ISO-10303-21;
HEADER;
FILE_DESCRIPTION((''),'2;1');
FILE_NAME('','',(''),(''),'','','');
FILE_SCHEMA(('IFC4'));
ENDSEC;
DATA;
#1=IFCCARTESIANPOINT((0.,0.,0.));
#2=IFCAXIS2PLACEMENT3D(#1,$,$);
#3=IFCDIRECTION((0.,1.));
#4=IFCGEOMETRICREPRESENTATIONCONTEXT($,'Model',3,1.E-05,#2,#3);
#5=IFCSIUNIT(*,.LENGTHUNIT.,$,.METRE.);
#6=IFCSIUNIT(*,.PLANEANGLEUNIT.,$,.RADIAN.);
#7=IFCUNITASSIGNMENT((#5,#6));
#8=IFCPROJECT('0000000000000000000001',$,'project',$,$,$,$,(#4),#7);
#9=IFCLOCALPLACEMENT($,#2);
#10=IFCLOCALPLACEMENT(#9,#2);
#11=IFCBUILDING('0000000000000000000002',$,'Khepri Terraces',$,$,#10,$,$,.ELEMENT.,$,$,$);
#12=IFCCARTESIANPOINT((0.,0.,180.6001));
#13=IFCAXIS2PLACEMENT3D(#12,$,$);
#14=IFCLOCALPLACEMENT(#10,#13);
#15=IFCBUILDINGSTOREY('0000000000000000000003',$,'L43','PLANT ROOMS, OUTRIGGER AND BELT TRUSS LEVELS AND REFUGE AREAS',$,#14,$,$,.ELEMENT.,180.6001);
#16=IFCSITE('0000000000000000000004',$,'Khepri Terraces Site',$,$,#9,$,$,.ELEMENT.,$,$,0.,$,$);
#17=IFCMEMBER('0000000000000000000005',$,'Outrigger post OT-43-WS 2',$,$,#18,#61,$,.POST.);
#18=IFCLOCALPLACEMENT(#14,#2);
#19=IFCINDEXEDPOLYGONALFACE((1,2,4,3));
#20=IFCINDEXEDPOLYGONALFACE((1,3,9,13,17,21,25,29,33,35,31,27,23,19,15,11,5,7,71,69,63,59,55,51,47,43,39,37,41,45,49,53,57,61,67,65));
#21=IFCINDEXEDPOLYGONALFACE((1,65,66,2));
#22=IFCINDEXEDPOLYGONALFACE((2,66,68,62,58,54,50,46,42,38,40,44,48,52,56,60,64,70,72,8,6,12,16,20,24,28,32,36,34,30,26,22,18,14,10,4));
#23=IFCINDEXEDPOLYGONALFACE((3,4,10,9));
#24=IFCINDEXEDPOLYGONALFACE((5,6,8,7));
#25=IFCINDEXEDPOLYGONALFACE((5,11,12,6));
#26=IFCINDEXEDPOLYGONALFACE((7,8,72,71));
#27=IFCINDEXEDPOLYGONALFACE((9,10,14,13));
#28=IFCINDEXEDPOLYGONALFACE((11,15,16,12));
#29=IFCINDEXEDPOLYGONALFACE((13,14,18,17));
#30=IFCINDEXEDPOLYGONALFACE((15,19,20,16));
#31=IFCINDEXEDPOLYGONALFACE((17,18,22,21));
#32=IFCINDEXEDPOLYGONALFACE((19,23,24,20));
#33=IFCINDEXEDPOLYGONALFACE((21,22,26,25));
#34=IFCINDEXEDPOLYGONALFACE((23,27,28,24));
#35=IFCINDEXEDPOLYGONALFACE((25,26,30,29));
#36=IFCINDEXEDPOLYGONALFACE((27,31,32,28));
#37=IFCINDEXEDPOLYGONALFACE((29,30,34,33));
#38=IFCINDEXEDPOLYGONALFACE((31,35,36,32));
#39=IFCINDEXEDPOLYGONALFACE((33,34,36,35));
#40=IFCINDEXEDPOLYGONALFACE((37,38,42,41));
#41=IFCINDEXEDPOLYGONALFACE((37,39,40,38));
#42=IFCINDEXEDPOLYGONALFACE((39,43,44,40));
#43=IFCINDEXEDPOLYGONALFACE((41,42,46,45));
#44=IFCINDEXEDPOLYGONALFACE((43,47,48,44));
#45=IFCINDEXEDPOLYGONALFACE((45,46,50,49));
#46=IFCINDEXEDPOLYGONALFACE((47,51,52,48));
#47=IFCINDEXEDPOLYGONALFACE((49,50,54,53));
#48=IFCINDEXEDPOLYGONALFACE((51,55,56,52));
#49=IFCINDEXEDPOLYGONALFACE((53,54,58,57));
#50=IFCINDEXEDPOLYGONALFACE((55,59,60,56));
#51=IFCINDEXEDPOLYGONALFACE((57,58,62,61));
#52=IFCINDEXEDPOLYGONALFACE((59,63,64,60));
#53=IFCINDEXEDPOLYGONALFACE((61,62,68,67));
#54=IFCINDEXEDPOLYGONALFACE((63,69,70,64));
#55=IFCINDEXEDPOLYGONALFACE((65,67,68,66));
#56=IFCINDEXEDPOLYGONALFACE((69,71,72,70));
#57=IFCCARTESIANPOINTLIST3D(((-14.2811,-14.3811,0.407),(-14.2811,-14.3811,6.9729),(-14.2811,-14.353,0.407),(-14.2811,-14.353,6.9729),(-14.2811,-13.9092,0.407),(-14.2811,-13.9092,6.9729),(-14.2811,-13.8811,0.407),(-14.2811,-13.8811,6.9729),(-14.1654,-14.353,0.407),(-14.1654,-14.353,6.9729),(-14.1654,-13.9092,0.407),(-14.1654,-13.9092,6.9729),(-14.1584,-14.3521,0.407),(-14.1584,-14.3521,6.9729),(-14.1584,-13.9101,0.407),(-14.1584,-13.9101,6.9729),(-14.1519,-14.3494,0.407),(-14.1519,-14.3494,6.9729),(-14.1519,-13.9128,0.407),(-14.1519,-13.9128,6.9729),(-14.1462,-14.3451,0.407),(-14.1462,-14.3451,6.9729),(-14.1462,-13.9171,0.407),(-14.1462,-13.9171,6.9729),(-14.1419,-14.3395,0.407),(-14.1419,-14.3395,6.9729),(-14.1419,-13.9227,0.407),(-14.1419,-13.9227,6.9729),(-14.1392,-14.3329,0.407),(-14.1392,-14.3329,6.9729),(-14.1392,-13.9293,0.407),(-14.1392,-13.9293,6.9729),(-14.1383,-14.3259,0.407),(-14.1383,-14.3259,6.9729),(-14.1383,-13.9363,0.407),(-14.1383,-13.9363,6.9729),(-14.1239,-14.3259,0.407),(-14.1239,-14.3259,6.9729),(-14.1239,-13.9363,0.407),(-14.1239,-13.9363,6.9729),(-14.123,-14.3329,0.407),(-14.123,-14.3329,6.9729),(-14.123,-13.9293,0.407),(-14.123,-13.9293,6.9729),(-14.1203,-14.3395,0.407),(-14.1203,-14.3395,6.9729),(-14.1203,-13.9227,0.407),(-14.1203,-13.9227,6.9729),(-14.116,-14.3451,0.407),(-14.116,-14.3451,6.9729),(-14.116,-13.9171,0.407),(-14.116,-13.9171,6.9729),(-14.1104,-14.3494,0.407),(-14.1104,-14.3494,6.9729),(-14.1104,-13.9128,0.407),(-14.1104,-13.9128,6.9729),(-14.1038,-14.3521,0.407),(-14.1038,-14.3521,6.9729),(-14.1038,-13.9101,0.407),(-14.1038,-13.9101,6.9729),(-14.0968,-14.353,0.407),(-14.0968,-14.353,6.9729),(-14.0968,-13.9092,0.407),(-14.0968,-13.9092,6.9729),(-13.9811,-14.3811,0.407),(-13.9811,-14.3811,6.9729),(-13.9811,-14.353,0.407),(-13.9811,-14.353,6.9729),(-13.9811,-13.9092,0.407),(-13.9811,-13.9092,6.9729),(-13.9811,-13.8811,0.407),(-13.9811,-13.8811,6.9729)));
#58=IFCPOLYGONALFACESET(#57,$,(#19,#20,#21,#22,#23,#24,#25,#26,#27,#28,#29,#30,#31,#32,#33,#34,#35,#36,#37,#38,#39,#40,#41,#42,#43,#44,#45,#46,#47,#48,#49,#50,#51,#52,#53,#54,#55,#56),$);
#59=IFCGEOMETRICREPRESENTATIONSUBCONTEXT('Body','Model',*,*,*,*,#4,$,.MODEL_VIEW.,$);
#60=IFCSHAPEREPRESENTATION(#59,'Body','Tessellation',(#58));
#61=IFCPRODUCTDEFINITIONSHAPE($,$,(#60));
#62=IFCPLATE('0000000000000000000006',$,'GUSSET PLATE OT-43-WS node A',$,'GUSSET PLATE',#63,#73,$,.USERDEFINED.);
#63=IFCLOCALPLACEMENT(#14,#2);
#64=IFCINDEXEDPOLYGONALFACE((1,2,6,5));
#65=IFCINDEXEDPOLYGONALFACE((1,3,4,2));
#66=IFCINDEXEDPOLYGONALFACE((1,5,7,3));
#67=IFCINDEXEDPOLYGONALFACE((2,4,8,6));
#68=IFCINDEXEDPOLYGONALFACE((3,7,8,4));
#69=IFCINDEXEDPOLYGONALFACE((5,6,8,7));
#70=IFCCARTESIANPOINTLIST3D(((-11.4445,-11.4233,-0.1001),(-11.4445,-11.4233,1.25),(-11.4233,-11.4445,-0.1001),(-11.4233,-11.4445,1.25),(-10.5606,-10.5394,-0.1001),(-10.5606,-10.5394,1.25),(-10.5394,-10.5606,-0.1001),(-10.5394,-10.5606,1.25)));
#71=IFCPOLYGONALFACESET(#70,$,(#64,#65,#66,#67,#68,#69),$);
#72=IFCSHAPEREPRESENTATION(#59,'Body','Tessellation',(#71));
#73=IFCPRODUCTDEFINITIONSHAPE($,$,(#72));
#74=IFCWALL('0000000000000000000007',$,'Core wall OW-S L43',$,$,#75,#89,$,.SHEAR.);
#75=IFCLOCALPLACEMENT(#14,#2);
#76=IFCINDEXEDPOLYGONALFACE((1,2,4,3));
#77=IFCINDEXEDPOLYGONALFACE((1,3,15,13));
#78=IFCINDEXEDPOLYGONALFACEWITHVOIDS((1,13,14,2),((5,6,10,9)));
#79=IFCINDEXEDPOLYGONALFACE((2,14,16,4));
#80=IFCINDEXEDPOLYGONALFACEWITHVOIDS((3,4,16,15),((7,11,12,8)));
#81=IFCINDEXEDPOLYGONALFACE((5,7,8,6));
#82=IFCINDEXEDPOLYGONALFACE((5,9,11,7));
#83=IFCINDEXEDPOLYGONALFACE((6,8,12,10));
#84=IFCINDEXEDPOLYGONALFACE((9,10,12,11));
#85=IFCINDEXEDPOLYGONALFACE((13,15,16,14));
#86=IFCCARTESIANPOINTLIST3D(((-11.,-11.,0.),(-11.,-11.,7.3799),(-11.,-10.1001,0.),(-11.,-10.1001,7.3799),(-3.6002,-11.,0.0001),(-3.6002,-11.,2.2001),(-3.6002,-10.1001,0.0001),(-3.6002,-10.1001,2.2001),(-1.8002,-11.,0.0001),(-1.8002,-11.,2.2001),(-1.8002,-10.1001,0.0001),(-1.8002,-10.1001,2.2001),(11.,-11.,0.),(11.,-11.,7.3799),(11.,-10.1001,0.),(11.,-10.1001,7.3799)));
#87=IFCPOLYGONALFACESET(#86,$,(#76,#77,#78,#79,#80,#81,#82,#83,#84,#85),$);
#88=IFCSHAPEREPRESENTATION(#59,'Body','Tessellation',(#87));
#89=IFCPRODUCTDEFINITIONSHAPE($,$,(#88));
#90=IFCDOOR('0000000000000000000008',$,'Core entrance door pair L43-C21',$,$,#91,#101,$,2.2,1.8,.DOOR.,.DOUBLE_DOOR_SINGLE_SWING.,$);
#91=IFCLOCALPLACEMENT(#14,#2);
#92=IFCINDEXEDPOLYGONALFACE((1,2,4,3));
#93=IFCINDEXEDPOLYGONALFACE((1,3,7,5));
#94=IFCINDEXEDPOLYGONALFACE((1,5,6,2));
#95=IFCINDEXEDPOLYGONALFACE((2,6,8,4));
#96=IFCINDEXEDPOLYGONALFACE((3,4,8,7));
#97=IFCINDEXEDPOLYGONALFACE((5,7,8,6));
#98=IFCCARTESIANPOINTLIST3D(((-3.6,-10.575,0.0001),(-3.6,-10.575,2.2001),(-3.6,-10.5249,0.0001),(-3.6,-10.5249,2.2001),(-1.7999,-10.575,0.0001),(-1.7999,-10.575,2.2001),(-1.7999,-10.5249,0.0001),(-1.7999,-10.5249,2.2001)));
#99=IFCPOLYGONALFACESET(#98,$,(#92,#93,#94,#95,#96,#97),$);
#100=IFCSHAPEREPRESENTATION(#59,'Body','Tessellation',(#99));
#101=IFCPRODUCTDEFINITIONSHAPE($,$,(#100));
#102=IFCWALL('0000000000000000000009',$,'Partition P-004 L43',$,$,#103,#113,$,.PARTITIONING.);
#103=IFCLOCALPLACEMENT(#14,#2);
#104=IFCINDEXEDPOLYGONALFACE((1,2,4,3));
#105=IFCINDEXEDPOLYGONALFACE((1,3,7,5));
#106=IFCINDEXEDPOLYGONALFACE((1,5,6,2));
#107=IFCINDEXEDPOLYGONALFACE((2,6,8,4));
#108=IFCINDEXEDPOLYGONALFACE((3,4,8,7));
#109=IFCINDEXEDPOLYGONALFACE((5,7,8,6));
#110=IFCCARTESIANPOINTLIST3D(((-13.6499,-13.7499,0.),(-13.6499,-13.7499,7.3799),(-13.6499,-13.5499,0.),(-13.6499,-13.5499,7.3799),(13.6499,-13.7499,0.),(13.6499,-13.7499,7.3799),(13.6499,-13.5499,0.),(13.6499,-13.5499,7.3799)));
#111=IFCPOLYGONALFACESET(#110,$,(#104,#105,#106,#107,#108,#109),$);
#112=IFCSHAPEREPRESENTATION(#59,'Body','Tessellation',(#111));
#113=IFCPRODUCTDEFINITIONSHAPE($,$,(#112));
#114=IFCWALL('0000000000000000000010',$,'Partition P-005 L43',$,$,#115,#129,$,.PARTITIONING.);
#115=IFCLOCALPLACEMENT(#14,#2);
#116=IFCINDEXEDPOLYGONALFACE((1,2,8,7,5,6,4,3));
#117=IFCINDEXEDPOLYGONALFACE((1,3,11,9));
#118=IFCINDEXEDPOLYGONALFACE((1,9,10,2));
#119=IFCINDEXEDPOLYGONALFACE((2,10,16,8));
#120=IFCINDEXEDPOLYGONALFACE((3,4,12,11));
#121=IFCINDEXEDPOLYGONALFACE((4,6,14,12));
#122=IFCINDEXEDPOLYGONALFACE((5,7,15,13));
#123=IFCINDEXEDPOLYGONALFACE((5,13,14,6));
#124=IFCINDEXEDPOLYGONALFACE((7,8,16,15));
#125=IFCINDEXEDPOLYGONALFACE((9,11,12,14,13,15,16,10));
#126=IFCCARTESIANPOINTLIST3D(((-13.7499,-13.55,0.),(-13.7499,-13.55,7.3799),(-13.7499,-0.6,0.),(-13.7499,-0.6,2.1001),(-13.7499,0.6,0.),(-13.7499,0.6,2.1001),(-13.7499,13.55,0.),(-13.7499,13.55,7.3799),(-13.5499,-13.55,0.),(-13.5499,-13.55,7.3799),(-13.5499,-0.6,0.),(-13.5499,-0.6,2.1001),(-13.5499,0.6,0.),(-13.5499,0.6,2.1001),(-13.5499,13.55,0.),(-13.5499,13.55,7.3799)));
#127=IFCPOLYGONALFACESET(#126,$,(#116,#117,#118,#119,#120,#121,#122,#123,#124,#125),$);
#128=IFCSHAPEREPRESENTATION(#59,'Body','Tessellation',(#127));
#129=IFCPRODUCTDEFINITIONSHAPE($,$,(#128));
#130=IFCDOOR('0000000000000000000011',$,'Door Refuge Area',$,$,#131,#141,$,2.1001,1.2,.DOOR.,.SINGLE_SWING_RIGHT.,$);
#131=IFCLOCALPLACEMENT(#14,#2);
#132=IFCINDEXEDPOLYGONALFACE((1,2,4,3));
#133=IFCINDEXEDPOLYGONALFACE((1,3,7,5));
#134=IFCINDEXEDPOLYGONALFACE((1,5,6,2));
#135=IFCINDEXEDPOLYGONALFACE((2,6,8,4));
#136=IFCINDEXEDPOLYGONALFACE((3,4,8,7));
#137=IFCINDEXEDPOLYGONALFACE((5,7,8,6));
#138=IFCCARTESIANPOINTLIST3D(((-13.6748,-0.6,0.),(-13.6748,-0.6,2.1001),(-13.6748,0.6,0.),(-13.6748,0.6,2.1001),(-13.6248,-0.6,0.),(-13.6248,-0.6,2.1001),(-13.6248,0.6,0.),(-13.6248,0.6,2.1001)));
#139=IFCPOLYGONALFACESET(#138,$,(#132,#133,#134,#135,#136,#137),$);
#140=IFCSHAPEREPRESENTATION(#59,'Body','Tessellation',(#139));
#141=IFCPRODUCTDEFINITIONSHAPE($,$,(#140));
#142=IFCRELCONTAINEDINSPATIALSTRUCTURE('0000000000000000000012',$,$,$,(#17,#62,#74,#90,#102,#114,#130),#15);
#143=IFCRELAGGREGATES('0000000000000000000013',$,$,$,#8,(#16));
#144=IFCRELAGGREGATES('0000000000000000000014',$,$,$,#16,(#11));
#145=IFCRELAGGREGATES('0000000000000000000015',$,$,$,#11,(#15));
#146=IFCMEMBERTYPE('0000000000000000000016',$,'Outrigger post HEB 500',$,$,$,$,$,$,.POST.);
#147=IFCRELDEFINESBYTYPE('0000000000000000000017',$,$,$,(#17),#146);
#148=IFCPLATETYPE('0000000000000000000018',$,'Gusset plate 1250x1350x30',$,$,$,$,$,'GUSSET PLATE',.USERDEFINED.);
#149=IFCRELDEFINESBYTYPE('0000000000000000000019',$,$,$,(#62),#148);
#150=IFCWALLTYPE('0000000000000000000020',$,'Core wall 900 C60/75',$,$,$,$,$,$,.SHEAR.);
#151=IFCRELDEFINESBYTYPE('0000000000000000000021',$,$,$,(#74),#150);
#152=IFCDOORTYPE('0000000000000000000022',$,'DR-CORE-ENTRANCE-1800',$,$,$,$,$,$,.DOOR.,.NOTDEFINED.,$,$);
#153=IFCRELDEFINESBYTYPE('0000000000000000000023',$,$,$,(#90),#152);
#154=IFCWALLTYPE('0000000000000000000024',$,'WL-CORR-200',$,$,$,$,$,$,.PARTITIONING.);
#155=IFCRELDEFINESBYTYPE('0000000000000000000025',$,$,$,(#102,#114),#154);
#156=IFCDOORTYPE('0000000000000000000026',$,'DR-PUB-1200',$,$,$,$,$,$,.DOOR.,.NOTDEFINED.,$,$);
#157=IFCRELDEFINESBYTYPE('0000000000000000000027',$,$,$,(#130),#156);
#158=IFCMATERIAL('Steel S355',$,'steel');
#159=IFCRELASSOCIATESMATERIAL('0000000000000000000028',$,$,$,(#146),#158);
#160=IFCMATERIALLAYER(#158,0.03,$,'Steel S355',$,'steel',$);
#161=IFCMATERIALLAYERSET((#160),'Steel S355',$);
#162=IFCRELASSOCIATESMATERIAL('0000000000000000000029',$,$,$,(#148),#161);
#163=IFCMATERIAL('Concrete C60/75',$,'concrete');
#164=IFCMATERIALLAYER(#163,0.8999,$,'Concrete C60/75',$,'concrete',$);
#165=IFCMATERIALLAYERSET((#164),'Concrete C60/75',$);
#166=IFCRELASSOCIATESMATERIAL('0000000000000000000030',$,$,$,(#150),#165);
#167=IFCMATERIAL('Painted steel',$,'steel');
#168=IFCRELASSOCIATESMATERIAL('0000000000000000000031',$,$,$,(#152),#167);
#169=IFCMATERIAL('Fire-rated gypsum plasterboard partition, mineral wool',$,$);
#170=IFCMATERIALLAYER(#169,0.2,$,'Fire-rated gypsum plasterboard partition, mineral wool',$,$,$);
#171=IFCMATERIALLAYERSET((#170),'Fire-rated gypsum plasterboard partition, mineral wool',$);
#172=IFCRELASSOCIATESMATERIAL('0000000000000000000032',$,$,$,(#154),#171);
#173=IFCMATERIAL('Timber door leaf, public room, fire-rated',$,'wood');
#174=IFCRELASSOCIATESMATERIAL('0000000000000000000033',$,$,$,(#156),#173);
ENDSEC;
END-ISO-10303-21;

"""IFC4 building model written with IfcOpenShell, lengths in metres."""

from ifc_helpers import new_model, si_unit, direction, frame, frame_2d, origin, origin_2d, place, context, subcontext, project, spatial, rectangle, i_section, extrude, material, layer, layer_set, material_profile, profile_set, type_object, element, fill, save


model = new_model("IFC4")

# Units and contexts
model_context = context("Model", 3, precision=1e-05, world=origin(), true_north=direction((0.0, 1.0)))
body_context = subcontext(model_context, "Body", "Model", "MODEL_VIEW")
ifc_project = project(units=[si_unit("LENGTHUNIT", "METRE"), si_unit("PLANEANGLEUNIT", "RADIAN")], contexts=[model_context])

# Site, building, storey
site_placement = place(None, origin())
site = spatial("IfcSite", under=ifc_project, at=site_placement, Name="Khepri Terraces Site", CompositionType="ELEMENT", RefElevation=0.0)
building_placement = place(site_placement, origin())
building = spatial("IfcBuilding", under=site, at=building_placement, Name="Khepri Terraces", CompositionType="ELEMENT")
storey_placement = place(building_placement, frame((0.0, 0.0, 180.6001)))
storey = spatial("IfcBuildingStorey", under=building, at=storey_placement, Name="L43", Description="PLANT ROOMS, OUTRIGGER AND BELT TRUSS LEVELS AND REFUGE AREAS", CompositionType="ELEMENT", Elevation=180.6001)

# Shared definitions
ifc_material_1 = material(Name="Concrete C60/75", Category="concrete")

# Member
ifc_material_2 = material(Name="Steel S355", Category="steel")
ifc_material_profile_1 = material_profile(ifc_material_2, i_section(OverallWidth=0.3, OverallDepth=0.5, WebThickness=0.0144, FlangeThickness=0.0281, FilletRadius=0.0271, at=origin_2d()), Name="Steel S355", Category="steel")
ifc_profile_set_1 = profile_set([ifc_material_profile_1], Name="Steel S355")
member_type_1 = type_object("IfcMemberType", Name="Outrigger post HEB 500", PredefinedType="POST", material=ifc_profile_set_1)
for number, where, z_axis, x_axis, name in (
    (1, (-14.1311, -14.1311, 0.407), (0.0, 0.0, 1.0), (1.0, 0.0, 0.0), "Outrigger post OT-43-WS 2"),
):
    element("IfcMember", number, at=place(storey_placement, frame(where, z_axis=z_axis, x_axis=x_axis)), inside=storey, type_object=member_type_1, Name=name, PredefinedType="POST", context=body_context, shape_type="SweptSolid", body=[
        extrude(i_section(OverallWidth=0.3, OverallDepth=0.5, WebThickness=0.0144, FlangeThickness=0.0281, FilletRadius=0.0271, at=origin_2d()), origin(), (0.0, 0.0, 1.0), 6.5659),
    ])

# Plate
ifc_layer_1 = layer(ifc_material_2, 0.03, Name="Steel S355", Category="steel")
ifc_layer_set_1 = layer_set([ifc_layer_1], Name="Steel S355")
plate_type = type_object("IfcPlateType", Name="Gusset plate 1250x1350x30", ElementType="GUSSET PLATE", PredefinedType="USERDEFINED", material=ifc_layer_set_1)
plate_placement = place(storey_placement, frame((-10.9919, -10.9919, -0.1001), z_axis=(0.0, 0.0, 1.0), x_axis=(-0.707107, -0.707107, 0.0)))
element("IfcPlate", 2, at=plate_placement, inside=storey, type_object=plate_type, Name="GUSSET PLATE OT-43-WS node A", ObjectType="GUSSET PLATE", PredefinedType="USERDEFINED", context=body_context, shape_type="SweptSolid", body=[
    extrude(rectangle(XDim=1.25, YDim=0.03, at=origin_2d()), origin(), (0.0, 0.0, 1.0), 1.3501),
])

# Wall, opening, door
ifc_layer_2 = layer(ifc_material_1, 0.8999, Name="Concrete C60/75", Category="concrete")
ifc_layer_set_2 = layer_set([ifc_layer_2], Name="Concrete C60/75")
wall_type_1 = type_object("IfcWallType", Name="Core wall 900 C60/75", PredefinedType="SHEAR", material=ifc_layer_set_2)
wall_1_placement = place(storey_placement, frame((-11.0, -10.55, 0.0), z_axis=(0.0, 0.0, 1.0), x_axis=(1.0, 0.0, 0.0)))
wall_1 = element("IfcWall", 3, at=wall_1_placement, inside=storey, type_object=wall_type_1, Name="Core wall OW-S L43", PredefinedType="SHEAR", context=body_context, shape_type="SweptSolid", body=[
    extrude(rectangle(XDim=22.0, YDim=0.8999, at=frame_2d((11.0, 0.0))), origin(), (0.0, 0.0, 1.0), 7.3799),
])
opening_1_placement = place(wall_1_placement, frame((7.3999, 0.0, 0.0)))
opening_1 = element("IfcOpeningElement", 4, at=opening_1_placement, cuts=wall_1, PredefinedType="OPENING", context=body_context, shape_type="SweptSolid", body=[
    extrude(rectangle(XDim=1.8, YDim=2.2, at=frame_2d((0.8999, 1.1001))), frame((0.0, 0.46, 0.0), z_axis=(0.0, -1.0, 0.0), x_axis=(1.0, 0.0, 0.0)), (0.0, 0.0, 1.0), 0.9199),
])
ifc_material_3 = material(Name="Painted steel", Category="steel")
door_type_1 = type_object("IfcDoorType", Name="DR-CORE-ENTRANCE-1800", OperationType="NOTDEFINED", PredefinedType="DOOR", material=ifc_material_3)
door_1_placement = place(opening_1_placement, frame((1.8, 0.0, 0.0), z_axis=(0.0, 0.0, 1.0), x_axis=(-1.0, 0.0, 0.0)))
door_1 = element("IfcDoor", 5, at=door_1_placement, inside=storey, type_object=door_type_1, Name="Core entrance door pair L43-C21", OperationType="DOUBLE_DOOR_SINGLE_SWING", OverallHeight=2.2, OverallWidth=1.8, PredefinedType="DOOR", context=body_context, shape_type="SweptSolid", body=[
    extrude(rectangle(XDim=1.8, YDim=2.2, at=frame_2d((0.8999, 1.1001))), frame((0.0, 0.0249, 0.0), z_axis=(0.0, -1.0, 0.0), x_axis=(1.0, 0.0, 0.0)), (0.0, 0.0, 1.0), 0.05),
])
fill(opening_1, door_1)

# Wall
ifc_material_4 = material(Name="Fire-rated gypsum plasterboard partition, mineral wool")
ifc_layer_3 = layer(ifc_material_4, 0.2, Name="Fire-rated gypsum plasterboard partition, mineral wool")
ifc_layer_set_3 = layer_set([ifc_layer_3], Name="Fire-rated gypsum plasterboard partition, mineral wool")
wall_type_2 = type_object("IfcWallType", Name="WL-CORR-200", PredefinedType="PARTITIONING", material=ifc_layer_set_3)
wall_2_placement = place(storey_placement, frame((-13.6499, -13.6499, 0.0), z_axis=(0.0, 0.0, 1.0), x_axis=(1.0, 0.0, 0.0)))
element("IfcWall", 6, at=wall_2_placement, inside=storey, type_object=wall_type_2, Name="Partition P-004 L43", PredefinedType="PARTITIONING", context=body_context, shape_type="SweptSolid", body=[
    extrude(rectangle(XDim=27.2998, YDim=0.2, at=frame_2d((13.6499, 0.0))), origin(), (0.0, 0.0, 1.0), 7.3799),
])

# Wall, opening, door
wall_3_placement = place(storey_placement, frame((-13.6499, -13.55, 0.0), z_axis=(0.0, 0.0, 1.0), x_axis=(0.0, 1.0, 0.0)))
wall_3 = element("IfcWall", 7, at=wall_3_placement, inside=storey, type_object=wall_type_2, Name="Partition P-005 L43", PredefinedType="PARTITIONING", context=body_context, shape_type="SweptSolid", body=[
    extrude(rectangle(XDim=27.1001, YDim=0.2, at=frame_2d((13.55, 0.0))), origin(), (0.0, 0.0, 1.0), 7.3799),
])
opening_2_placement = place(wall_3_placement, frame((12.95, 0.0, 0.0)))
opening_2 = element("IfcOpeningElement", 8, at=opening_2_placement, cuts=wall_3, PredefinedType="OPENING", context=body_context, shape_type="SweptSolid", body=[
    extrude(rectangle(XDim=1.2, YDim=2.1001, at=frame_2d((0.6001, 1.05))), frame((0.0, 0.1099, 0.0), z_axis=(0.0, -1.0, 0.0), x_axis=(1.0, 0.0, 0.0)), (0.0, 0.0, 1.0), 0.22),
])
ifc_material_5 = material(Name="Timber door leaf, public room, fire-rated", Category="wood")
door_type_2 = type_object("IfcDoorType", Name="DR-PUB-1200", OperationType="NOTDEFINED", PredefinedType="DOOR", material=ifc_material_5)
door_2_placement = place(opening_2_placement, origin())
door_2 = element("IfcDoor", 9, at=door_2_placement, inside=storey, type_object=door_type_2, Name="Door Refuge Area", OperationType="SINGLE_SWING_RIGHT", OverallHeight=2.1001, OverallWidth=1.2, PredefinedType="DOOR", context=body_context, shape_type="SweptSolid", body=[
    extrude(rectangle(XDim=1.2, YDim=2.1001, at=frame_2d((0.6001, 1.05))), frame((0.0, 0.0249, 0.0), z_axis=(0.0, -1.0, 0.0), x_axis=(1.0, 0.0, 0.0)), (0.0, 0.0, 1.0), 0.05),
])
fill(opening_2, door_2)

save(model, "model.ifc")
